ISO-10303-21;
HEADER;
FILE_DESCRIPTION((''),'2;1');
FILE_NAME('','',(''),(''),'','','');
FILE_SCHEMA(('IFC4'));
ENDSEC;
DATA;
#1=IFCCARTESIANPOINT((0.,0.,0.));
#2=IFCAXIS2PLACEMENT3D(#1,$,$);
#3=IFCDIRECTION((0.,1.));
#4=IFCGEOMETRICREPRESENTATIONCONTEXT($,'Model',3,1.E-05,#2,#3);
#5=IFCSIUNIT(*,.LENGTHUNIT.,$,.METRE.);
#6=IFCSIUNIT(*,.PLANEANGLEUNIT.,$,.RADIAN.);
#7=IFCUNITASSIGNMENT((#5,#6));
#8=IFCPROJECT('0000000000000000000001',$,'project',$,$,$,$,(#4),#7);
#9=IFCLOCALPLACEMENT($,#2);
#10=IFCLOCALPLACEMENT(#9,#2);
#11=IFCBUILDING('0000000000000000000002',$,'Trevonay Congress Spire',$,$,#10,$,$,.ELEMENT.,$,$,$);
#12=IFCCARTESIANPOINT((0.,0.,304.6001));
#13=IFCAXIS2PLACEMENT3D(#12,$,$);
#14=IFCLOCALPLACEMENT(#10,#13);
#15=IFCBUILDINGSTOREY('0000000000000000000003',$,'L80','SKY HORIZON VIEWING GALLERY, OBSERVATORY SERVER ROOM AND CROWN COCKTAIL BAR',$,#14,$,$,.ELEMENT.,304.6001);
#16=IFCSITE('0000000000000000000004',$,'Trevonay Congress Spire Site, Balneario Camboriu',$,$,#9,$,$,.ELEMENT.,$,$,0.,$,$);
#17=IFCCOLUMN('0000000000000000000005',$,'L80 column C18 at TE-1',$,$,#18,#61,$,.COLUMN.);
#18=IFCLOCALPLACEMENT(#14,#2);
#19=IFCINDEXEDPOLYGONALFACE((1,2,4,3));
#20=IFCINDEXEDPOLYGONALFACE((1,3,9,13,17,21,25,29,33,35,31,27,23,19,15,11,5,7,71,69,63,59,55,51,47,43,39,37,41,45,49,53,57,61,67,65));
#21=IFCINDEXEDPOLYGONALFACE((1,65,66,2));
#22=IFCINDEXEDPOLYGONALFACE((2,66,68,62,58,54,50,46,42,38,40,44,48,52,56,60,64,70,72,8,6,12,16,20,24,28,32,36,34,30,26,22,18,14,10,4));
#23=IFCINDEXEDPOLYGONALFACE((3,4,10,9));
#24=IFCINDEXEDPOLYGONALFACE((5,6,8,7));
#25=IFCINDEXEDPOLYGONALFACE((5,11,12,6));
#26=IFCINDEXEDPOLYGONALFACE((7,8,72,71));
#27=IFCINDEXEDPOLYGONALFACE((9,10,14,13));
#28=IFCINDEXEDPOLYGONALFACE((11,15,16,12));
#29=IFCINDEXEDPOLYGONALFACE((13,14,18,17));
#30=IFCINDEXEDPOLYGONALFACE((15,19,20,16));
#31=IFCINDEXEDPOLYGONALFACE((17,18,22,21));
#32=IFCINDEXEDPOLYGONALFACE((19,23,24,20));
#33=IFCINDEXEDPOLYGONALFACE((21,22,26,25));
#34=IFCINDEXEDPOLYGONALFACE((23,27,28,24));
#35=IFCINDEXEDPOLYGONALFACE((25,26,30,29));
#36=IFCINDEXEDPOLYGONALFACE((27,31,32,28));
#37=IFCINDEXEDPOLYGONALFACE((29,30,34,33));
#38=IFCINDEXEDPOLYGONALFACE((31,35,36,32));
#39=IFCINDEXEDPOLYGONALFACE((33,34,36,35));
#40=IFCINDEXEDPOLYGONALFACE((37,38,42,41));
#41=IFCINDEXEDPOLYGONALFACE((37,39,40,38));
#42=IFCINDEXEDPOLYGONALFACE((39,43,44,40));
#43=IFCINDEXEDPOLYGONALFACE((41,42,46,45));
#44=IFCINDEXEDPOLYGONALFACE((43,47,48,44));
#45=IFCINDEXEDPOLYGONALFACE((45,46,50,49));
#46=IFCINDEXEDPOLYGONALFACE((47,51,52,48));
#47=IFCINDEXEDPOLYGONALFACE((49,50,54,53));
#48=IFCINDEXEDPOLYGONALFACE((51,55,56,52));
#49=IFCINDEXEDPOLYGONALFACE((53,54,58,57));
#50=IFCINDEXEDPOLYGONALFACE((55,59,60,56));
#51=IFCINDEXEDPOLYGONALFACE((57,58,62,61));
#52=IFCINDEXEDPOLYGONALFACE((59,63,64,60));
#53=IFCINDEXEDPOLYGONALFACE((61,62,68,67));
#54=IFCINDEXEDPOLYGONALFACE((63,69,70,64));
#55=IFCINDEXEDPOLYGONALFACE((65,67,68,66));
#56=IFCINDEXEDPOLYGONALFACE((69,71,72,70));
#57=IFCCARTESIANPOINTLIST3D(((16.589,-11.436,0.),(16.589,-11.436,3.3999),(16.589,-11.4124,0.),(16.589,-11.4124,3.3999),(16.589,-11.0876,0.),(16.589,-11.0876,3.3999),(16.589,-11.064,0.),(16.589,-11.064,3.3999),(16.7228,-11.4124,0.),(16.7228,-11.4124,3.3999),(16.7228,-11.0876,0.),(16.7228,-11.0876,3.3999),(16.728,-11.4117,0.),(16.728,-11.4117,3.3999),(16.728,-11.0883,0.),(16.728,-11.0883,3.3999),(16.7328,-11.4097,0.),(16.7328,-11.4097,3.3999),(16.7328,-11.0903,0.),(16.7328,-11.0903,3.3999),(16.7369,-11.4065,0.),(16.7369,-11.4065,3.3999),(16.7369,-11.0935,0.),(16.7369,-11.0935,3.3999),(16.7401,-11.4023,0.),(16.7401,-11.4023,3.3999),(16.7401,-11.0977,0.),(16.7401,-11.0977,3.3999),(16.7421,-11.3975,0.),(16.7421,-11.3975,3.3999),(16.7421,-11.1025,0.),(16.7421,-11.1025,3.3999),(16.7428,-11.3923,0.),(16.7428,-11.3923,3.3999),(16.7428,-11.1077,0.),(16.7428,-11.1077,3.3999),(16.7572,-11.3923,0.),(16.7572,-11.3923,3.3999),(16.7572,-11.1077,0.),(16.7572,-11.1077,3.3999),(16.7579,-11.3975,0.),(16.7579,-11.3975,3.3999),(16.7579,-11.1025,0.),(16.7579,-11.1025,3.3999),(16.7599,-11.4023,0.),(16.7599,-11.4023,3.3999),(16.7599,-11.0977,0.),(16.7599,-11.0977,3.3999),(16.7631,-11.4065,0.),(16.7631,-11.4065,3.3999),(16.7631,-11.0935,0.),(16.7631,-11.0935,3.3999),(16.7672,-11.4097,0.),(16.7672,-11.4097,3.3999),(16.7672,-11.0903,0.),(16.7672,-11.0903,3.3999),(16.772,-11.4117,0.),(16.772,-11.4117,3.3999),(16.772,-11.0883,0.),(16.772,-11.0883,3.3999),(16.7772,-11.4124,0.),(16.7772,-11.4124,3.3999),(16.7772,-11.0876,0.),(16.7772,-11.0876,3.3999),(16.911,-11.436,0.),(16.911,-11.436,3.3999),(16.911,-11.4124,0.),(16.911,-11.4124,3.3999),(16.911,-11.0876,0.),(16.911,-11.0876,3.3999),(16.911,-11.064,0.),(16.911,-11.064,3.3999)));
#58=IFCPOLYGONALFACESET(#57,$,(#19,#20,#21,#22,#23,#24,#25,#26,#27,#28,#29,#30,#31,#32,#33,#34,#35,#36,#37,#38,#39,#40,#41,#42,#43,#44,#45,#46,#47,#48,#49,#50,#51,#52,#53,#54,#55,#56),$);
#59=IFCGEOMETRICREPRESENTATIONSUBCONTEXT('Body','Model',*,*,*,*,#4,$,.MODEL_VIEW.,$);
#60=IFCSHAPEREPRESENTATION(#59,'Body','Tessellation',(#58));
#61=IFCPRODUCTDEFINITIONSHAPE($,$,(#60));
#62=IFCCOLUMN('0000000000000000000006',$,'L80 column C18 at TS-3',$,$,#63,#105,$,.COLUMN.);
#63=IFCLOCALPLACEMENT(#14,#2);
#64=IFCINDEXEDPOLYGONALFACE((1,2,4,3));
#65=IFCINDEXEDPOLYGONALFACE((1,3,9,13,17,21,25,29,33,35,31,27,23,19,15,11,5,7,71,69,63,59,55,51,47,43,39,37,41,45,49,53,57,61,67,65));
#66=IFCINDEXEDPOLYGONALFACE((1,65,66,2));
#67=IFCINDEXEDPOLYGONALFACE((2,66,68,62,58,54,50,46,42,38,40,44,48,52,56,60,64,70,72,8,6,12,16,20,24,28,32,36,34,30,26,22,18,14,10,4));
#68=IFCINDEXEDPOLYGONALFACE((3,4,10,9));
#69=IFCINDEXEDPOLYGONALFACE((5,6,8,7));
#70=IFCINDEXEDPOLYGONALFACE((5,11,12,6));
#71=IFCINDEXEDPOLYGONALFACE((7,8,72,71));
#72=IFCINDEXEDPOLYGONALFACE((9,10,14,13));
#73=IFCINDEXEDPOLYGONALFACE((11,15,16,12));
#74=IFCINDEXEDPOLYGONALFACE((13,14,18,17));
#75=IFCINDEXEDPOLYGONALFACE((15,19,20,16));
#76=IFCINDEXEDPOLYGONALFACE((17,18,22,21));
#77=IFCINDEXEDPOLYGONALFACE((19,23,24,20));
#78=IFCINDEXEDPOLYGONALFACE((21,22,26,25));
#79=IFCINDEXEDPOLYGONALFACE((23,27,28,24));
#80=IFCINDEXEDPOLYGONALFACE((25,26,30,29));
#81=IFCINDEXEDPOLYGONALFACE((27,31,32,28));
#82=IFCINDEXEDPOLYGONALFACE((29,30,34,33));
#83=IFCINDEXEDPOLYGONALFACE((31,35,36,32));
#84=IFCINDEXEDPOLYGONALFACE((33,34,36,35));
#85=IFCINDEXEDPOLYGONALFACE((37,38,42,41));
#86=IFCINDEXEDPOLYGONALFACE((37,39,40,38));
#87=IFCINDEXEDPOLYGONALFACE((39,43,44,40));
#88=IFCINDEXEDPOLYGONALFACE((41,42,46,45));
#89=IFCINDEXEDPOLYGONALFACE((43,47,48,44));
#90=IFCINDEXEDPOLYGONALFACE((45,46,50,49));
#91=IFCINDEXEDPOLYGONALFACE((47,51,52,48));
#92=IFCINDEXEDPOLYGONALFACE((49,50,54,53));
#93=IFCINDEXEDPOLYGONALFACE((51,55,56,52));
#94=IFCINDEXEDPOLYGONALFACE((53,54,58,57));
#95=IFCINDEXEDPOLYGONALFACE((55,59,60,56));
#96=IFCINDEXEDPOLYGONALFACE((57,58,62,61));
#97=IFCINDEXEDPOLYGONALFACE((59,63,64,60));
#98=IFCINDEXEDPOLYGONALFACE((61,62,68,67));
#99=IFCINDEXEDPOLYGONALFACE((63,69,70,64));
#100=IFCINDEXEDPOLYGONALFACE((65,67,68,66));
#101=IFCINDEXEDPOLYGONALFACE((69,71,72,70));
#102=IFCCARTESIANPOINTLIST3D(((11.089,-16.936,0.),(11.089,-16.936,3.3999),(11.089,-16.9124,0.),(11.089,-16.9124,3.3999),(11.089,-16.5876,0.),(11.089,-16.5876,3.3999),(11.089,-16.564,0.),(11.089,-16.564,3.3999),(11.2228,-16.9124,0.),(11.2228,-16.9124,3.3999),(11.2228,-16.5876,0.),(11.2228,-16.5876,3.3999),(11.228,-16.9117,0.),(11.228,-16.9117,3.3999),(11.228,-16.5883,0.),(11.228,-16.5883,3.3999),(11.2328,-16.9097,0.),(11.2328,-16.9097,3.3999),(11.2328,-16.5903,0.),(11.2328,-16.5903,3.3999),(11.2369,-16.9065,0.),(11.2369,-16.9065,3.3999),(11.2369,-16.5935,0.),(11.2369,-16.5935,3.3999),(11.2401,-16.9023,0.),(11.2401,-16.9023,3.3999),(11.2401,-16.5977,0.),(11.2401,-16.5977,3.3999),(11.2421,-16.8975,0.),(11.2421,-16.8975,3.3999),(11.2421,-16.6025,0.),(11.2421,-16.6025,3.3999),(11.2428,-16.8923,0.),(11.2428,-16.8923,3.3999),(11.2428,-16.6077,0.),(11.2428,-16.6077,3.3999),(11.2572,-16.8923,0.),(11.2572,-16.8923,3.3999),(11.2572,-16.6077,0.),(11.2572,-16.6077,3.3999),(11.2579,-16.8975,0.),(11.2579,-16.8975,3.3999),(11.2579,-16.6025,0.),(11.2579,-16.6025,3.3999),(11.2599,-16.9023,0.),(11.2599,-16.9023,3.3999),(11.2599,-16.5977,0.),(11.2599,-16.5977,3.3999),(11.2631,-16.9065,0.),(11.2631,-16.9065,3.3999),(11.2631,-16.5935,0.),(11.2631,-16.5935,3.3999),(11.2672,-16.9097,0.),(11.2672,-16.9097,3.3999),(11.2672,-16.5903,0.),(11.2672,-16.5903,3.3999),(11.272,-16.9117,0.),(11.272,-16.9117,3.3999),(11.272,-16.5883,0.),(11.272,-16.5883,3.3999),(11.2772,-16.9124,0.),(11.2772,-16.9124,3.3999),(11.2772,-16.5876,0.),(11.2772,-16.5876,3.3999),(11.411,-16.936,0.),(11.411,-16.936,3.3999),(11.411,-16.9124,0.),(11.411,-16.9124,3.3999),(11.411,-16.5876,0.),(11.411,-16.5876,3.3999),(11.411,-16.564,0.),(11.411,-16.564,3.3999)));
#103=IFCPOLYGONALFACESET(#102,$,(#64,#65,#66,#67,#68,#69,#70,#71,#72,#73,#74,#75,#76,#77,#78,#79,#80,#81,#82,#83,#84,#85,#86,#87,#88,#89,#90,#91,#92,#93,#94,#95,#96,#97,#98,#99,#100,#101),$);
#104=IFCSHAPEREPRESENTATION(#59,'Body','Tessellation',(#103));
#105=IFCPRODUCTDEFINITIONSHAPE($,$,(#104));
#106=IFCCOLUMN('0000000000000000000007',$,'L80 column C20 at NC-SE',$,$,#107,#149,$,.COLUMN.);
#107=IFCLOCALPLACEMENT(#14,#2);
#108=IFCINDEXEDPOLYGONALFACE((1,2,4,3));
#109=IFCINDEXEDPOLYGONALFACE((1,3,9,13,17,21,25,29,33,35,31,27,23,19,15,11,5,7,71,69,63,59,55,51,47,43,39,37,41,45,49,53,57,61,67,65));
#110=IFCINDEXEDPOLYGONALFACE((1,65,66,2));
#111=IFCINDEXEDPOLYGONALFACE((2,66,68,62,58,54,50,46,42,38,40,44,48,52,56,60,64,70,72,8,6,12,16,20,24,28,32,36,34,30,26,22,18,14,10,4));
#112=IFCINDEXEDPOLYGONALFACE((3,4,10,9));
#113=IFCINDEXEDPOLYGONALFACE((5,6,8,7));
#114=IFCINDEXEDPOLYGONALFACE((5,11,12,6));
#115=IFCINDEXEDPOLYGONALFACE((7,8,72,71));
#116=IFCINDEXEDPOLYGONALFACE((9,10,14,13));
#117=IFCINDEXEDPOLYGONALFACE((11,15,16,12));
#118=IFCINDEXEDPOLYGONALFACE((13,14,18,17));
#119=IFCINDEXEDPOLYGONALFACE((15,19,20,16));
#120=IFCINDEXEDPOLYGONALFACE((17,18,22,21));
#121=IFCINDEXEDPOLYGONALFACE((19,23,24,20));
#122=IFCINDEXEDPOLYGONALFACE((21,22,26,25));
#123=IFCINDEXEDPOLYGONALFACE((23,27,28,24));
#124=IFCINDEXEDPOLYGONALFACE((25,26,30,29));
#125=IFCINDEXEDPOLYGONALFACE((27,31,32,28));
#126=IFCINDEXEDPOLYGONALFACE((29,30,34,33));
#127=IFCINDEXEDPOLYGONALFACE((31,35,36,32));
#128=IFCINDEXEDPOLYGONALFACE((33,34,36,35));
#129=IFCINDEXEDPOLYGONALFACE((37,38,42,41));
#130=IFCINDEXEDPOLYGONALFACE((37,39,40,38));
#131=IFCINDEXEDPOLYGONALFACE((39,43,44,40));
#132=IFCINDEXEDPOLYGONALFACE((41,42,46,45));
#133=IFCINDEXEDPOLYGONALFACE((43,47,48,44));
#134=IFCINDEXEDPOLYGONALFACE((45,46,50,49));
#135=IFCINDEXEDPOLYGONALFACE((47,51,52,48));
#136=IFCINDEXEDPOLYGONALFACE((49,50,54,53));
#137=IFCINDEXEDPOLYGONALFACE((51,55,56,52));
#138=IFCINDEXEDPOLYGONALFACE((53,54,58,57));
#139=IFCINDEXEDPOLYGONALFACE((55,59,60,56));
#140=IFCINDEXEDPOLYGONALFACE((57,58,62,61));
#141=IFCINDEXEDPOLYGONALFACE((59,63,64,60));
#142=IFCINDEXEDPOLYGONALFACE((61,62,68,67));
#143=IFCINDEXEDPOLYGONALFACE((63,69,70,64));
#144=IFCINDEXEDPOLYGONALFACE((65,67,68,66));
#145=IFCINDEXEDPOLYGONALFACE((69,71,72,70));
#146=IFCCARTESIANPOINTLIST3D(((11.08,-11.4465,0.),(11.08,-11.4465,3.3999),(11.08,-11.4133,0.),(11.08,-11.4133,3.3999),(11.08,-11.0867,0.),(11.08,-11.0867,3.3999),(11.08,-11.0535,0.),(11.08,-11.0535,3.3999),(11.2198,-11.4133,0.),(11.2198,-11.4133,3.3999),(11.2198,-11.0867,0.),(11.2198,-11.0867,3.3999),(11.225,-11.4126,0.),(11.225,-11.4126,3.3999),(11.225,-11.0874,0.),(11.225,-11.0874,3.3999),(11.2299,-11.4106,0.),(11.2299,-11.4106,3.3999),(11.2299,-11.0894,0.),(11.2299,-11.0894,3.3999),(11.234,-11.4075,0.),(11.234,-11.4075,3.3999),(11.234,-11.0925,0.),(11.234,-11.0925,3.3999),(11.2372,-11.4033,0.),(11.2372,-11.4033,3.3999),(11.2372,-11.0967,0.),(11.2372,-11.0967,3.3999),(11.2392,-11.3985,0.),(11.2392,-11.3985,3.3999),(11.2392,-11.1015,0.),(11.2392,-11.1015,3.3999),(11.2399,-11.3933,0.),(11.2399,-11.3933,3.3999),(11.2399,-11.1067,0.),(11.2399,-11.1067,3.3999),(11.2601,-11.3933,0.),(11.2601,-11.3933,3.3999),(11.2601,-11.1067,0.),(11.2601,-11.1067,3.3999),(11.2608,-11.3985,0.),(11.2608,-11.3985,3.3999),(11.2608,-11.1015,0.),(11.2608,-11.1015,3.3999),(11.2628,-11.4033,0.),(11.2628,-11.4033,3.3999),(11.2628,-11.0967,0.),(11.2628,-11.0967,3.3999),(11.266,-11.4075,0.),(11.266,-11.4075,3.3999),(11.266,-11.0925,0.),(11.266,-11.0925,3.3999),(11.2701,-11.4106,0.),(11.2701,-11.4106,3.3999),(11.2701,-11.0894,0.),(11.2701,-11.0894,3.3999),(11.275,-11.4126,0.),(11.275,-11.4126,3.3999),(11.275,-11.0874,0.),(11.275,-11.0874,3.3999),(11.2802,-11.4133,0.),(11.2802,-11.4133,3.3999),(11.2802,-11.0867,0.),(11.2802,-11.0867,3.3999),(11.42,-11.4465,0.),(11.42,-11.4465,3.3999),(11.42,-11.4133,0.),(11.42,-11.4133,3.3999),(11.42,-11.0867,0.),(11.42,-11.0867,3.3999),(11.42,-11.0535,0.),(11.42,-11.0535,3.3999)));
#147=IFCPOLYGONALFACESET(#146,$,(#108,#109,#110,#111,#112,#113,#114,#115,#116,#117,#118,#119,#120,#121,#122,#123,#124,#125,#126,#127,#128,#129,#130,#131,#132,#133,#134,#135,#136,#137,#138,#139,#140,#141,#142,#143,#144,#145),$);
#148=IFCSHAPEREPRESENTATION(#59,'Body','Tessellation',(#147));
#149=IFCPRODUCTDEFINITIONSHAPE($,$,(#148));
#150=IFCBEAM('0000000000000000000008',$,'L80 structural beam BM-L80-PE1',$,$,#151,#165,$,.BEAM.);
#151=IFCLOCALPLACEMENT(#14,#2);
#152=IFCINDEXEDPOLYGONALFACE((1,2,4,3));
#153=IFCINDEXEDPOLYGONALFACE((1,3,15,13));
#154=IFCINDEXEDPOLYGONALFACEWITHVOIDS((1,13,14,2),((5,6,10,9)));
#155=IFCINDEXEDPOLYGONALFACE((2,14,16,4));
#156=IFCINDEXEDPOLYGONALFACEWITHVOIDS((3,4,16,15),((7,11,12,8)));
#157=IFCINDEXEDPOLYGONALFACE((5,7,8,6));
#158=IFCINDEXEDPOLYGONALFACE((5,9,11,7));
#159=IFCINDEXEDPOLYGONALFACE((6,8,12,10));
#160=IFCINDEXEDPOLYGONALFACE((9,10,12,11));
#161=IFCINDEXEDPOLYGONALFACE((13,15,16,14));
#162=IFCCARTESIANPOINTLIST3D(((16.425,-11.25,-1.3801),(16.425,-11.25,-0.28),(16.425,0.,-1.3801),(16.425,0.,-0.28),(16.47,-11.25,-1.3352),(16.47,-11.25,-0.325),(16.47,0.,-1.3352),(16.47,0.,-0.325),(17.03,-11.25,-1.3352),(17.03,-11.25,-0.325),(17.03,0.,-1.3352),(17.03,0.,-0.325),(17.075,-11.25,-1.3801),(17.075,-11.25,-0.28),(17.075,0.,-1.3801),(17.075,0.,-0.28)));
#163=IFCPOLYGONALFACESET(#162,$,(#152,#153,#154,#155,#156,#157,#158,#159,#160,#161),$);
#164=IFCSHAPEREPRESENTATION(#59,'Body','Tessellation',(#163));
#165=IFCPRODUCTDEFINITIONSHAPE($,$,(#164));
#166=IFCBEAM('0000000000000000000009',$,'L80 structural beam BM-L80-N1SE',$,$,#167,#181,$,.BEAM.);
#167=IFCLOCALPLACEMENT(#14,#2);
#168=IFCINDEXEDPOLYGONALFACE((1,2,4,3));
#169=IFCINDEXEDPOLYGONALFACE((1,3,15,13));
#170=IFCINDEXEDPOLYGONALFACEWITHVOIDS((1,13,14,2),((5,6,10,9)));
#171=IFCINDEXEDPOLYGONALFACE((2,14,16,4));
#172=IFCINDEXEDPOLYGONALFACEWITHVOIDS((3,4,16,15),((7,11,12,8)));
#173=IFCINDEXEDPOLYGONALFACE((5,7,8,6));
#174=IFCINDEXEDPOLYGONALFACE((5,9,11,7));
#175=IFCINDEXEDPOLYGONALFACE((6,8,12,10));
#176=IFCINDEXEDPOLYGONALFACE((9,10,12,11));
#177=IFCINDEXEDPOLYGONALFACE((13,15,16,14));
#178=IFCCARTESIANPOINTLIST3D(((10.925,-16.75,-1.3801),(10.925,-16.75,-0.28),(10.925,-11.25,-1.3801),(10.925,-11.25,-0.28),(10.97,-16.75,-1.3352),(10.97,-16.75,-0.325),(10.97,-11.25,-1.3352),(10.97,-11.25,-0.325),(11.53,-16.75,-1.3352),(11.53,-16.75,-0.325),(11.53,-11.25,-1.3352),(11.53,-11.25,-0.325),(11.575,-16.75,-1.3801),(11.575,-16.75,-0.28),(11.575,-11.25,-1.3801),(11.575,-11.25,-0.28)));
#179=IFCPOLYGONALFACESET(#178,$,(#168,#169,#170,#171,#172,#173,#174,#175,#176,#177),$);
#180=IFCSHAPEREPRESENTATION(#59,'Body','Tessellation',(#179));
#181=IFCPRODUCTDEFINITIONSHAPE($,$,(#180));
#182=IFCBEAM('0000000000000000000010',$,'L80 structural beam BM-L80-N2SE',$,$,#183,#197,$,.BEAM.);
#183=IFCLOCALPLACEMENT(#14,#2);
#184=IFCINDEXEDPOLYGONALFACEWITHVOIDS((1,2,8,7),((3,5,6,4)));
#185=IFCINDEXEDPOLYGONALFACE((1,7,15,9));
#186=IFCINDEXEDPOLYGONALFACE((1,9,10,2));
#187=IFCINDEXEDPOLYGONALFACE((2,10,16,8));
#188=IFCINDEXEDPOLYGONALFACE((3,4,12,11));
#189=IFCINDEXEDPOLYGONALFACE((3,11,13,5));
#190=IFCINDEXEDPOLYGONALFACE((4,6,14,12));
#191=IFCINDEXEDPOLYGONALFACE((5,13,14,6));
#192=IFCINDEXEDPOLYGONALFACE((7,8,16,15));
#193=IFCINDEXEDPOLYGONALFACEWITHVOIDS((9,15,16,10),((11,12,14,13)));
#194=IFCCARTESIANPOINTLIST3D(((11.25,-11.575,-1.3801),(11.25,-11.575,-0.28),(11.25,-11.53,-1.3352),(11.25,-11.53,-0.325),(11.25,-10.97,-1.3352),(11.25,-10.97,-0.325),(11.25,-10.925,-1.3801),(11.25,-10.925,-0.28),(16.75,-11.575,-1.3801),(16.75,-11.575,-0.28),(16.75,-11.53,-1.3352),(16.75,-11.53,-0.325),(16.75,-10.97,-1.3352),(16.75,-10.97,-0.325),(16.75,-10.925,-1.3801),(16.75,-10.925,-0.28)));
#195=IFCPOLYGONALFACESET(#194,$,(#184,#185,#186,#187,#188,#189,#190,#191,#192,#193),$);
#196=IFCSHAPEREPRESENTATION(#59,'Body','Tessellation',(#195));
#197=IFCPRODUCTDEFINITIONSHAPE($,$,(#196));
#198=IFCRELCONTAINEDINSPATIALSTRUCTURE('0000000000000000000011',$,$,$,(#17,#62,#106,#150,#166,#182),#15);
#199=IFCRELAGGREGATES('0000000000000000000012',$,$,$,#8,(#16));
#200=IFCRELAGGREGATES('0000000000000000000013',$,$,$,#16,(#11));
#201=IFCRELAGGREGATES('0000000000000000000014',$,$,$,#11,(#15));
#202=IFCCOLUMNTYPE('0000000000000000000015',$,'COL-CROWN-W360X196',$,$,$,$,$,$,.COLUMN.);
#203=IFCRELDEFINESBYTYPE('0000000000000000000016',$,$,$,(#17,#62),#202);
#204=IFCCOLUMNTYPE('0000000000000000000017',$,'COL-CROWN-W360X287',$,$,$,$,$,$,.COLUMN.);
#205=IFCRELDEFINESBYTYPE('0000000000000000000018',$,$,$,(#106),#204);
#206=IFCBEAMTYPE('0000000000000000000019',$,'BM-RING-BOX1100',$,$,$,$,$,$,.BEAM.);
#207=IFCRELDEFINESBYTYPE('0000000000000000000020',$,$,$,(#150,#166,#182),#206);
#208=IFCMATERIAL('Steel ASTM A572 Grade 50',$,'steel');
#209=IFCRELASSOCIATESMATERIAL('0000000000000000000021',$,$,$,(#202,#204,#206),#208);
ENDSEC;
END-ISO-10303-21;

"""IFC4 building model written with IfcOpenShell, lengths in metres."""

from ifc_helpers import new_model, si_unit, direction, frame, origin, origin_2d, place, context, subcontext, project, spatial, hollow_rectangle, i_section, extrude, material, material_profile, profile_set, type_object, element, save


model = new_model("IFC4")

# Units and contexts
model_context = context("Model", 3, precision=1e-05, world=origin(), true_north=direction((0.0, 1.0)))
body_context = subcontext(model_context, "Body", "Model", "MODEL_VIEW")
ifc_project = project(units=[si_unit("LENGTHUNIT", "METRE"), si_unit("PLANEANGLEUNIT", "RADIAN")], contexts=[model_context])

# Site, building, storey
site_placement = place(None, origin())
site = spatial("IfcSite", under=ifc_project, at=site_placement, Name="Trevonay Congress Spire Site, Balneario Camboriu", CompositionType="ELEMENT", RefElevation=0.0)
building_placement = place(site_placement, origin())
building = spatial("IfcBuilding", under=site, at=building_placement, Name="Trevonay Congress Spire", CompositionType="ELEMENT")
storey_placement = place(building_placement, frame((0.0, 0.0, 304.6001)))
storey = spatial("IfcBuildingStorey", under=building, at=storey_placement, Name="L80", Description="SKY HORIZON VIEWING GALLERY, OBSERVATORY SERVER ROOM AND CROWN COCKTAIL BAR", CompositionType="ELEMENT", Elevation=304.6001)

# Columns
ifc_material_1 = material(Name="Steel ASTM A572 Grade 50", Category="steel")
ifc_material_profile_1 = material_profile(ifc_material_1, i_section(OverallWidth=0.322, OverallDepth=0.3721, WebThickness=0.0144, FlangeThickness=0.0237, FilletRadius=0.02, at=origin_2d()), Name="W360x196")
ifc_profile_set_1 = profile_set([ifc_material_profile_1], Name="Steel ASTM A572 Grade 50")
column_type_1 = type_object("IfcColumnType", Name="COL-CROWN-W360X196", PredefinedType="COLUMN", material=ifc_profile_set_1)
for number, where, z_axis, x_axis, name in (
    (1, (16.75, -11.25, 0.0), (0.0, 0.0, 1.0), (1.0, 0.0, 0.0), "L80 column C18 at TE-1"),
    (2, (11.25, -16.75, 0.0), (0.0, 0.0, 1.0), (1.0, 0.0, 0.0), "L80 column C18 at TS-3"),
):
    element("IfcColumn", number, at=place(storey_placement, frame(where, z_axis=z_axis, x_axis=x_axis)), inside=storey, type_object=column_type_1, Name=name, PredefinedType="COLUMN", context=body_context, shape_type="SweptSolid", body=[
        extrude(i_section(OverallWidth=0.322, OverallDepth=0.3721, WebThickness=0.0144, FlangeThickness=0.0237, FilletRadius=0.02, at=origin_2d()), origin(), (0.0, 0.0, 1.0), 3.3999),
    ])
ifc_material_profile_2 = material_profile(ifc_material_1, i_section(OverallWidth=0.3401, OverallDepth=0.3931, WebThickness=0.0203, FlangeThickness=0.0332, FilletRadius=0.02, at=origin_2d()), Name="W360x287")
ifc_profile_set_2 = profile_set([ifc_material_profile_2], Name="Steel ASTM A572 Grade 50")
column_type_2 = type_object("IfcColumnType", Name="COL-CROWN-W360X287", PredefinedType="COLUMN", material=ifc_profile_set_2)
column_placement = place(storey_placement, frame((11.25, -11.25, 0.0), z_axis=(0.0, 0.0, 1.0), x_axis=(1.0, 0.0, 0.0)))
element("IfcColumn", 3, at=column_placement, inside=storey, type_object=column_type_2, Name="L80 column C20 at NC-SE", PredefinedType="COLUMN", context=body_context, shape_type="SweptSolid", body=[
    extrude(i_section(OverallWidth=0.3401, OverallDepth=0.3931, WebThickness=0.0203, FlangeThickness=0.0332, FilletRadius=0.02, at=origin_2d()), origin(), (0.0, 0.0, 1.0), 3.3999),
])

# Beams
ifc_material_profile_3 = material_profile(ifc_material_1, hollow_rectangle(XDim=0.6499, YDim=1.1001, WallThickness=0.0449, at=origin_2d()), Name="BOX 1100x650x45")
ifc_profile_set_3 = profile_set([ifc_material_profile_3], Name="Steel ASTM A572 Grade 50")
beam_type_1 = type_object("IfcBeamType", Name="BM-RING-BOX1100", PredefinedType="BEAM", material=ifc_profile_set_3)
beam_1_placement = place(storey_placement, frame((16.75, -11.25, -0.8301), z_axis=(0.0, 1.0, 0.0), x_axis=(-1.0, 0.0, 0.0)))
element("IfcBeam", 4, at=beam_1_placement, inside=storey, type_object=beam_type_1, Name="L80 structural beam BM-L80-PE1", PredefinedType="BEAM", context=body_context, shape_type="SweptSolid", body=[
    extrude(hollow_rectangle(XDim=0.6499, YDim=1.1001, WallThickness=0.0449, at=origin_2d()), origin(), (0.0, 0.0, 1.0), 11.25),
])
for number, where, z_axis, x_axis, name in (
    (5, (11.25, -16.75, -0.8301), (0.0, 1.0, 0.0), (-1.0, 0.0, 0.0), "L80 structural beam BM-L80-N1SE"),
    (6, (16.75, -11.25, -0.8301), (-1.0, 0.0, 0.0), (0.0, -1.0, 0.0), "L80 structural beam BM-L80-N2SE"),
):
    element("IfcBeam", number, at=place(storey_placement, frame(where, z_axis=z_axis, x_axis=x_axis)), inside=storey, type_object=beam_type_1, Name=name, PredefinedType="BEAM", context=body_context, shape_type="SweptSolid", body=[
        extrude(hollow_rectangle(XDim=0.6499, YDim=1.1001, WallThickness=0.0449, at=origin_2d()), origin(), (0.0, 0.0, 1.0), 5.5),
    ])

save(model, "model.ifc")
